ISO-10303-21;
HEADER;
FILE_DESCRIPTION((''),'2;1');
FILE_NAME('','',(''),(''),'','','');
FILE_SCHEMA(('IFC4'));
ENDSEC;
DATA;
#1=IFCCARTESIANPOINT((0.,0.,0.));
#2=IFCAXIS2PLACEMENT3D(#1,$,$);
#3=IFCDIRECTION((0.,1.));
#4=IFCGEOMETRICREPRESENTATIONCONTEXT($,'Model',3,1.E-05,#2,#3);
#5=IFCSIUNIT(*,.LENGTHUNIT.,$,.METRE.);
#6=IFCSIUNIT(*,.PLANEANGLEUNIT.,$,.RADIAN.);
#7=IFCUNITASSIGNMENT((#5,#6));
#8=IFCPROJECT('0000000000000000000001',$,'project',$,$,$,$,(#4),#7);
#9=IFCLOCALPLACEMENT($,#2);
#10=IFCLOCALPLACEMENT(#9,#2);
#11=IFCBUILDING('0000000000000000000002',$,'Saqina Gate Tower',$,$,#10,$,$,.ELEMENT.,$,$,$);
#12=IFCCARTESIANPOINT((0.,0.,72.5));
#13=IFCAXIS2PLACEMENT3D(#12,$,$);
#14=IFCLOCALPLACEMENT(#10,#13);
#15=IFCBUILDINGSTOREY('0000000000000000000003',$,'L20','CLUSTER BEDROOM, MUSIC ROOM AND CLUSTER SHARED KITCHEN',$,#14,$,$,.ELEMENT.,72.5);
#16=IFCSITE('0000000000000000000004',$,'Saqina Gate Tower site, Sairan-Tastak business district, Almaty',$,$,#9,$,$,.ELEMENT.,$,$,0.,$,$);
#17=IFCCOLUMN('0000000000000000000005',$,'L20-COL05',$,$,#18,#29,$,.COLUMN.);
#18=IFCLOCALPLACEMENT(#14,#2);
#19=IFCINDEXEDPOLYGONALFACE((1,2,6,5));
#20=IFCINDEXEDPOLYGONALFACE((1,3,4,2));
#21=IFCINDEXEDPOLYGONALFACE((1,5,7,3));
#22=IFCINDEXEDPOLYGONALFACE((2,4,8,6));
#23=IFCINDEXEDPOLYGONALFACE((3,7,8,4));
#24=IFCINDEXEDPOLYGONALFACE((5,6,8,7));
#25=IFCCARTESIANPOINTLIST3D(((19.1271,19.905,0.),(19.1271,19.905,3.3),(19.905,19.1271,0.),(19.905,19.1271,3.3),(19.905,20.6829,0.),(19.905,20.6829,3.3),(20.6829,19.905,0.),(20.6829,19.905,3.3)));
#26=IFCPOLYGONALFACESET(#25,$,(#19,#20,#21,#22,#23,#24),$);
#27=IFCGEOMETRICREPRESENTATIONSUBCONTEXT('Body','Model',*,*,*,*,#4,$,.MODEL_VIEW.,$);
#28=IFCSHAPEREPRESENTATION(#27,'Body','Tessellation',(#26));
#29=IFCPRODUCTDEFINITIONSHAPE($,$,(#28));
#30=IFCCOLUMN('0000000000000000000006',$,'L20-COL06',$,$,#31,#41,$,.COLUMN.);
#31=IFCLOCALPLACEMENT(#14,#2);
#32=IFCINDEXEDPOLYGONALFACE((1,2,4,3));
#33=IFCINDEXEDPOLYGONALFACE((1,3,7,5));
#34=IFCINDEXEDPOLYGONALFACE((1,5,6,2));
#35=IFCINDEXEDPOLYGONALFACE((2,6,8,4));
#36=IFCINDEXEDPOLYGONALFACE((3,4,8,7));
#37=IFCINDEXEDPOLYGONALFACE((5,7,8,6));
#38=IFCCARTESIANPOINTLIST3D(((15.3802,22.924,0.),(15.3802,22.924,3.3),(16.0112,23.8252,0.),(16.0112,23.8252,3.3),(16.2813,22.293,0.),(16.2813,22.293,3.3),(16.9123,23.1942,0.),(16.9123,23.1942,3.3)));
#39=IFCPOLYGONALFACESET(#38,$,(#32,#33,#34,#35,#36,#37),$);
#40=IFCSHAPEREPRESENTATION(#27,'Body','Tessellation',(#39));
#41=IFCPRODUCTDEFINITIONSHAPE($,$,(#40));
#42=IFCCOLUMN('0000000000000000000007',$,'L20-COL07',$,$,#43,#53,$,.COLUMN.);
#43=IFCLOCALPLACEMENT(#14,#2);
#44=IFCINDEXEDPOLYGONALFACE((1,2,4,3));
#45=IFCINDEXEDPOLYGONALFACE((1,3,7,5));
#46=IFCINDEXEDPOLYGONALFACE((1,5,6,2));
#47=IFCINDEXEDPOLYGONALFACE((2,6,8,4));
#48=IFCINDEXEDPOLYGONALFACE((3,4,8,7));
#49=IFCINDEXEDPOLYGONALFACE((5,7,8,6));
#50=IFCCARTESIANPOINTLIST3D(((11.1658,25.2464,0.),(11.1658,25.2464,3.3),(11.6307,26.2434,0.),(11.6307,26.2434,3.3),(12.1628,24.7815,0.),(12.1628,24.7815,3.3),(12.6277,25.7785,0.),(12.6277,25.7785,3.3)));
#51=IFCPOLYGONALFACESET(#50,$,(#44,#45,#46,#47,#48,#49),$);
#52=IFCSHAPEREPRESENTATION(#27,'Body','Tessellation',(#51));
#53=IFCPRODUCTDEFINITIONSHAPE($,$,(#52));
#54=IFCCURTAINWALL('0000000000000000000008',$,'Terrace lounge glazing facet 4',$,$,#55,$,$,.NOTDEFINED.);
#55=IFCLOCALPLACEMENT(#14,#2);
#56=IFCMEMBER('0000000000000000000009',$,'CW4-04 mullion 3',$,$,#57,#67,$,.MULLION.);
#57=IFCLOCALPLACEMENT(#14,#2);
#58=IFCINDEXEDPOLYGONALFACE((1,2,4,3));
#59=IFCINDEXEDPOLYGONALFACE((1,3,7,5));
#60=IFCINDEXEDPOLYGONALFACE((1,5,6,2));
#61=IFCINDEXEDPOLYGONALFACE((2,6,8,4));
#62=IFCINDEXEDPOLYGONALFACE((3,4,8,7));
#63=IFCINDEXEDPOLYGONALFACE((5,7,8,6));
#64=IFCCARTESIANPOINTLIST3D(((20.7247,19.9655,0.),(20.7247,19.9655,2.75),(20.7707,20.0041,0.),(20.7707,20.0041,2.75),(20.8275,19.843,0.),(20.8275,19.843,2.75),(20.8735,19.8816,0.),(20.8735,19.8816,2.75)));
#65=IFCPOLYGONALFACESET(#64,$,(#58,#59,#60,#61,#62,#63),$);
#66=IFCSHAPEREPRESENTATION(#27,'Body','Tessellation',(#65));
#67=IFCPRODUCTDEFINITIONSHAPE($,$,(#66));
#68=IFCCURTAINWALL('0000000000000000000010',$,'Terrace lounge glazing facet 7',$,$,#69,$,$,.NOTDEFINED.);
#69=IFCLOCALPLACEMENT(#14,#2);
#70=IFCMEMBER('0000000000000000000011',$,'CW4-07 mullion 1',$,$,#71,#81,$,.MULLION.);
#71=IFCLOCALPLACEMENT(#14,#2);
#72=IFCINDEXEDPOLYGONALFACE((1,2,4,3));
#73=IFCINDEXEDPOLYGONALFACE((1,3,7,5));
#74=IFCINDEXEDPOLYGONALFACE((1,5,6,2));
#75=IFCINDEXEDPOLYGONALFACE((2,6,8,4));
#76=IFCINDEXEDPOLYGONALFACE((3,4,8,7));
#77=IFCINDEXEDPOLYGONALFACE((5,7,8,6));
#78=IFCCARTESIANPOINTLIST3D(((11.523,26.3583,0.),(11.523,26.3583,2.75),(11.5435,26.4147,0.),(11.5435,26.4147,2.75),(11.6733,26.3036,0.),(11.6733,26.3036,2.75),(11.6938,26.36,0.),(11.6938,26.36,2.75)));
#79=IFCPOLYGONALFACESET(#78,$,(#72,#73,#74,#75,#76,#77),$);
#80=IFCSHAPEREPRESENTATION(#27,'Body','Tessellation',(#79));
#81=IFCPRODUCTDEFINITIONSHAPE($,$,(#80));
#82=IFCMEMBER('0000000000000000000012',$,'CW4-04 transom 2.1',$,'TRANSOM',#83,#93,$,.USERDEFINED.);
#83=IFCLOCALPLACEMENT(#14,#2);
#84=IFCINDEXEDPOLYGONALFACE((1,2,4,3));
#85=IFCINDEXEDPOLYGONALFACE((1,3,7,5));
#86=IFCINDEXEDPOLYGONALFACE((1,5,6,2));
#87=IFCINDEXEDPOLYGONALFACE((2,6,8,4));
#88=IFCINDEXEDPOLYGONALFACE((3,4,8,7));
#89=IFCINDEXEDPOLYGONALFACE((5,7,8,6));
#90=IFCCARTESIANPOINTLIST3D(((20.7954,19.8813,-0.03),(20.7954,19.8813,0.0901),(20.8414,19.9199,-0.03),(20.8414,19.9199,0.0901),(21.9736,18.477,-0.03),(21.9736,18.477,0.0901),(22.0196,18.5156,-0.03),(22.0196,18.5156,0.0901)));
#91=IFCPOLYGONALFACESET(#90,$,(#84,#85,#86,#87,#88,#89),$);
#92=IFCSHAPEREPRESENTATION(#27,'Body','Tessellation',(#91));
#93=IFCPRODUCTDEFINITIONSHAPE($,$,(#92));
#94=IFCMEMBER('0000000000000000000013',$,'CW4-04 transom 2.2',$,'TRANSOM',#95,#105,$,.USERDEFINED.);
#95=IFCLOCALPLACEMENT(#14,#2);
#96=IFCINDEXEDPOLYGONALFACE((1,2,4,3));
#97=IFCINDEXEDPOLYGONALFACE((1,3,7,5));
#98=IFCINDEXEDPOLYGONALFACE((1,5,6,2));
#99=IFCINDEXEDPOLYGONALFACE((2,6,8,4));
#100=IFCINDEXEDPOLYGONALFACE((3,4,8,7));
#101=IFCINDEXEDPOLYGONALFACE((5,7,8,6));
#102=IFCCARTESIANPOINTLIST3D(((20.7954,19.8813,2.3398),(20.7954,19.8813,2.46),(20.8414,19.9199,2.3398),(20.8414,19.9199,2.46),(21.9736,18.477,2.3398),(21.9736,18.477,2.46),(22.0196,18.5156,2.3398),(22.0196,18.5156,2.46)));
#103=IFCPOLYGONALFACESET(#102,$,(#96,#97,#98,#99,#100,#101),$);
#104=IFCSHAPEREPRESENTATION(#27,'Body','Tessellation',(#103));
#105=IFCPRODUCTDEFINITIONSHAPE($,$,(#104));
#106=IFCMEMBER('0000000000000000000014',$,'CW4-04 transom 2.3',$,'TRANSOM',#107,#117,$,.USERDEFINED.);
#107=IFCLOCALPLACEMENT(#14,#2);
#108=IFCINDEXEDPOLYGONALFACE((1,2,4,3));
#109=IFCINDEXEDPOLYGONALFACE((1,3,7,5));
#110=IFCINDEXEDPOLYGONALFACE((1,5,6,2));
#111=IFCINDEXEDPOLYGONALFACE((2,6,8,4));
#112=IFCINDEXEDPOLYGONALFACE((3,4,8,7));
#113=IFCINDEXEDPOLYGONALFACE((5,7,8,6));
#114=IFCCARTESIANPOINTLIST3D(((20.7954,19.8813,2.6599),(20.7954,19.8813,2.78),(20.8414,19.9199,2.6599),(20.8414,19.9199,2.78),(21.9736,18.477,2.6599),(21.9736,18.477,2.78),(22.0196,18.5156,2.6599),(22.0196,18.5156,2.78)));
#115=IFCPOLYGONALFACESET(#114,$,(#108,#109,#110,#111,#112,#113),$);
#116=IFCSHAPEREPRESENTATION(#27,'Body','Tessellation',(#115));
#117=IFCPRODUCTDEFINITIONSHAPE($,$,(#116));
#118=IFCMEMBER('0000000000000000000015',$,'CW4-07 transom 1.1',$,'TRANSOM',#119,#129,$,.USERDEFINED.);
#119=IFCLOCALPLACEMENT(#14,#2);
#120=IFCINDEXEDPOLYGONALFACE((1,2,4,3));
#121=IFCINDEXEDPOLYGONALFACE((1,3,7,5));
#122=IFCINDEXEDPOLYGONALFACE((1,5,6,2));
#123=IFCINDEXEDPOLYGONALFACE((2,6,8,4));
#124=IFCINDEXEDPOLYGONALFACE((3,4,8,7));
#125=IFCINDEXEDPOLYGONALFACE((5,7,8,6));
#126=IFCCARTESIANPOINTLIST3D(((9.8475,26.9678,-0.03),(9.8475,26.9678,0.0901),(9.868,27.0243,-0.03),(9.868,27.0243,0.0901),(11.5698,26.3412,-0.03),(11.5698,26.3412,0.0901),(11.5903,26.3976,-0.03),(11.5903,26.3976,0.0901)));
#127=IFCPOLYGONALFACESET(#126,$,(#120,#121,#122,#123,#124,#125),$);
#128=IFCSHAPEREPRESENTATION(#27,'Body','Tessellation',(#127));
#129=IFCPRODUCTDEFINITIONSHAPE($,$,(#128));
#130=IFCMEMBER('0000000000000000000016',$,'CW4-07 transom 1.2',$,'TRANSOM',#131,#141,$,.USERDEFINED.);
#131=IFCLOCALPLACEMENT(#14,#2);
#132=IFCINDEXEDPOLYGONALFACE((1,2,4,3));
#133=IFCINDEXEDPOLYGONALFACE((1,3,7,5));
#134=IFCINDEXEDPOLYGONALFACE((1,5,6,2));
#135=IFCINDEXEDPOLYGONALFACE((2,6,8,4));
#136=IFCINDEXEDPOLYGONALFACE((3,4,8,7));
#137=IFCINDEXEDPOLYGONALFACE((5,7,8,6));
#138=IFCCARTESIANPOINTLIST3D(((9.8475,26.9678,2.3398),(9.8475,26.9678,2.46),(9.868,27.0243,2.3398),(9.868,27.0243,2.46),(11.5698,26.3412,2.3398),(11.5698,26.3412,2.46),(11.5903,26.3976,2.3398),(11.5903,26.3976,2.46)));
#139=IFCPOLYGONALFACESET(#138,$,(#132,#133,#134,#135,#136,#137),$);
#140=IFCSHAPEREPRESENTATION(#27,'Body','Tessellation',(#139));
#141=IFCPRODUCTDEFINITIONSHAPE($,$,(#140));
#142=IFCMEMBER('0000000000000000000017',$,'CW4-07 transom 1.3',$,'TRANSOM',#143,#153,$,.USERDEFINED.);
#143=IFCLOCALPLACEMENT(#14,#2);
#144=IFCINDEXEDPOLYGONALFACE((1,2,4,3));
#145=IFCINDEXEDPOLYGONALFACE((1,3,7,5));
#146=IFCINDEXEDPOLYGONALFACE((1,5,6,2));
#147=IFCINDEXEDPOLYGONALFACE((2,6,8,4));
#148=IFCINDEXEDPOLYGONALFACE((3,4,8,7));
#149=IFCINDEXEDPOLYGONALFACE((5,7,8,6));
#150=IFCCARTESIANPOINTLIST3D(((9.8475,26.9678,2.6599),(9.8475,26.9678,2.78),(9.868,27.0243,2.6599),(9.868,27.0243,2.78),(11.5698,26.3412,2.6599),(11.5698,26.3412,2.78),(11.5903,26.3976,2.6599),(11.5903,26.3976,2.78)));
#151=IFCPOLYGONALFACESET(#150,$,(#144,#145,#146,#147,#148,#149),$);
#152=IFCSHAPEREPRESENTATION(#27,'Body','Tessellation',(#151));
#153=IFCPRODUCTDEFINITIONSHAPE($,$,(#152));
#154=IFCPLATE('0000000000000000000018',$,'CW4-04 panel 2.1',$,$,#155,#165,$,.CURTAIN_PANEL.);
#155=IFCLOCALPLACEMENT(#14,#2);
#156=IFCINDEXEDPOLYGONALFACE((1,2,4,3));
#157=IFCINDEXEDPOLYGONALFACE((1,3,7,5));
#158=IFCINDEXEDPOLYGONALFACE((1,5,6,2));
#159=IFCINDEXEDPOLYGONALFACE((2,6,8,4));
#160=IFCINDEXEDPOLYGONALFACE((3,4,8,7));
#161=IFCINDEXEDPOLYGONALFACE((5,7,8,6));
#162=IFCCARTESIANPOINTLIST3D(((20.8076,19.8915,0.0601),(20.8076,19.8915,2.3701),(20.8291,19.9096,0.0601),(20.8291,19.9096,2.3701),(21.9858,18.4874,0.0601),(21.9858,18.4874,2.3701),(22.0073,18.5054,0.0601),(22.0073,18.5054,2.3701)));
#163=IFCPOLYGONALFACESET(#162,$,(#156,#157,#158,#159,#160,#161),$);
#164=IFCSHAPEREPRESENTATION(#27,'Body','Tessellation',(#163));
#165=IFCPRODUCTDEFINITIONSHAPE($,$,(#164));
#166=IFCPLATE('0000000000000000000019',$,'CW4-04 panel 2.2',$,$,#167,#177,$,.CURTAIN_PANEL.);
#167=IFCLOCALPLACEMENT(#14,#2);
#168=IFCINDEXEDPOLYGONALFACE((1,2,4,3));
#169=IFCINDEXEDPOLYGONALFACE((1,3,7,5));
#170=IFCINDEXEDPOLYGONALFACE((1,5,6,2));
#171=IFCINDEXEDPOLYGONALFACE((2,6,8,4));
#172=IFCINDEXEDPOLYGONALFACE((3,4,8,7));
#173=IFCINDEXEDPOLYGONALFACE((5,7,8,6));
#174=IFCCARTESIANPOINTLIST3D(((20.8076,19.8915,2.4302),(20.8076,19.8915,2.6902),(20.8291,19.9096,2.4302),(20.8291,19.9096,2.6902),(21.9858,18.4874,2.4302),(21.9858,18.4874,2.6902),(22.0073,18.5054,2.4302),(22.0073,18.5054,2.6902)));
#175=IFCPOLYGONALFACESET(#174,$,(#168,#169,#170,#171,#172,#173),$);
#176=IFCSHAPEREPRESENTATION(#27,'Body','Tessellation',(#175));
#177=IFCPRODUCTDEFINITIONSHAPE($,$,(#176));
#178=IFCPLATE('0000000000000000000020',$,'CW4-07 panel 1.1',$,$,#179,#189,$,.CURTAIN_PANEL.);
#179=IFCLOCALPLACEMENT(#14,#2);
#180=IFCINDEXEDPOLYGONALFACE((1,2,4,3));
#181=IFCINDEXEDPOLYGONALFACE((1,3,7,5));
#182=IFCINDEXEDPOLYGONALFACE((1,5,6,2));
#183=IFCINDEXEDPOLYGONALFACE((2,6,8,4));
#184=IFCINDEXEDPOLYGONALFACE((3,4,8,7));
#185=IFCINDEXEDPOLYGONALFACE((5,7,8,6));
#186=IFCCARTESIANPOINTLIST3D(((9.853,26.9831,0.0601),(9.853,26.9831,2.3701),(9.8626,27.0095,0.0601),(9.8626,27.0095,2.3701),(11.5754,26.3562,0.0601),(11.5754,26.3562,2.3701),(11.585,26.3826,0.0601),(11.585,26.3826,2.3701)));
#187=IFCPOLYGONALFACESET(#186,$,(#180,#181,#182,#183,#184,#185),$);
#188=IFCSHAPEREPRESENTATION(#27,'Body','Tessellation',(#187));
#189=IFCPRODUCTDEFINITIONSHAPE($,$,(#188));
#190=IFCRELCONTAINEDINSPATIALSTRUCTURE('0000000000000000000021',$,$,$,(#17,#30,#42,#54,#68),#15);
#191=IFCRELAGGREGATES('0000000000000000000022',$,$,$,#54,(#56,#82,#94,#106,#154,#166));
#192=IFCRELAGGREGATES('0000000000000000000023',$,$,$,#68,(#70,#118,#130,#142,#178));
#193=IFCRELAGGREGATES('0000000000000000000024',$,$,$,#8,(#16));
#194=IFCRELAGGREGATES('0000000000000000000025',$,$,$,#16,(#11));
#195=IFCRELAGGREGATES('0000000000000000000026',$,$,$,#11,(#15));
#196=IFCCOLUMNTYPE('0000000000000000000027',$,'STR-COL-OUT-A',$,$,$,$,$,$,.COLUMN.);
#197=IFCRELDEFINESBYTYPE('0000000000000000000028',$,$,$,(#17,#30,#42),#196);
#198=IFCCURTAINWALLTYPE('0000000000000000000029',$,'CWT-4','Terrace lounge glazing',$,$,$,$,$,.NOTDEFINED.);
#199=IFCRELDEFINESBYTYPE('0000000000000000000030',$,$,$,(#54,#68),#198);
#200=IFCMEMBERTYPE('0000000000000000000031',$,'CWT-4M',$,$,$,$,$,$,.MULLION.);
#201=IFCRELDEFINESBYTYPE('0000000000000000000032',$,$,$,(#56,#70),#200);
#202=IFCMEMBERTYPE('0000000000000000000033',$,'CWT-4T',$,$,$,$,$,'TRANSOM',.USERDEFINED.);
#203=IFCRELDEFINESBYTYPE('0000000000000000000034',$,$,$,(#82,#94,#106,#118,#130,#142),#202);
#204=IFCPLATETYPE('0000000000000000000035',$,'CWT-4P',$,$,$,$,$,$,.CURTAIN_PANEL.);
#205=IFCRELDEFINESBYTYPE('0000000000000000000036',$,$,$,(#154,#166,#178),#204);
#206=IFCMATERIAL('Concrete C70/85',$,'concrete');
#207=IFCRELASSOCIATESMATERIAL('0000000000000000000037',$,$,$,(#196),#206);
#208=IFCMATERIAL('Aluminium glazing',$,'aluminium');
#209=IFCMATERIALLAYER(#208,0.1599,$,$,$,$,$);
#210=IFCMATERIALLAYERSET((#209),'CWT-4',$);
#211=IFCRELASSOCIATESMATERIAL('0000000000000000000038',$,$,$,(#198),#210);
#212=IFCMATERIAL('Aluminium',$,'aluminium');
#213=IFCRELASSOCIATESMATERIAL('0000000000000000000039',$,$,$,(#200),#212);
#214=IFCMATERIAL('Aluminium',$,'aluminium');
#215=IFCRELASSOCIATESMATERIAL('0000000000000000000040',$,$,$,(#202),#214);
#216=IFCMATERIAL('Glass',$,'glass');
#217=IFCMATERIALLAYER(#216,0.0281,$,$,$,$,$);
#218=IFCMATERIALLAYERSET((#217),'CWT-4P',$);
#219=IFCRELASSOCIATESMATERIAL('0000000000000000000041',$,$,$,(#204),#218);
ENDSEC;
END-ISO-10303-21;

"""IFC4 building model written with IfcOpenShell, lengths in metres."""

from ifc_helpers import new_model, si_unit, direction, frame, origin, origin_2d, place, context, subcontext, project, spatial, rectangle, extrude, material, layer, layer_set, material_profile, profile_set, type_object, element, aggregate, save


model = new_model("IFC4")

# Units and contexts
model_context = context("Model", 3, precision=1e-05, world=origin(), true_north=direction((0.0, 1.0)))
body_context = subcontext(model_context, "Body", "Model", "MODEL_VIEW")
ifc_project = project(units=[si_unit("LENGTHUNIT", "METRE"), si_unit("PLANEANGLEUNIT", "RADIAN")], contexts=[model_context])

# Site, building, storey
site_placement = place(None, origin())
site = spatial("IfcSite", under=ifc_project, at=site_placement, Name="Saqina Gate Tower site, Sairan-Tastak business district, Almaty", CompositionType="ELEMENT", RefElevation=0.0)
building_placement = place(site_placement, origin())
building = spatial("IfcBuilding", under=site, at=building_placement, Name="Saqina Gate Tower", CompositionType="ELEMENT")
storey_placement = place(building_placement, frame((0.0, 0.0, 72.5)))
storey = spatial("IfcBuildingStorey", under=building, at=storey_placement, Name="L20", Description="CLUSTER BEDROOM, MUSIC ROOM AND CLUSTER SHARED KITCHEN", CompositionType="ELEMENT", Elevation=72.5)

# Columns
ifc_material_1 = material(Name="Concrete C70/85", Category="concrete")
ifc_material_profile_1 = material_profile(ifc_material_1, rectangle(XDim=1.1001, YDim=1.1001, at=origin_2d()), Name="RC 1100x1100")
ifc_profile_set_1 = profile_set([ifc_material_profile_1], Name="Concrete C70/85")
column_type = type_object("IfcColumnType", Name="STR-COL-OUT-A", PredefinedType="COLUMN", material=ifc_profile_set_1)
for number, where, z_axis, x_axis, name in (
    (1, (19.905, 19.905, 0.0), (0.0, 0.0, 1.0), (0.707107, 0.707107, 0.0), "L20-COL05"),
    (2, (16.1462, 23.0591, 0.0), (0.0, 0.0, 1.0), (0.573576, 0.819152, 0.0), "L20-COL06"),
    (3, (11.8967, 25.5125, 0.0), (0.0, 0.0, 1.0), (0.422618, 0.906308, 0.0), "L20-COL07"),
):
    element("IfcColumn", number, at=place(storey_placement, frame(where, z_axis=z_axis, x_axis=x_axis)), inside=storey, type_object=column_type, Name=name, PredefinedType="COLUMN", context=body_context, shape_type="SweptSolid", body=[
        extrude(rectangle(XDim=1.1001, YDim=1.1001, at=origin_2d()), origin(), (0.0, 0.0, 1.0), 3.3),
    ])

# Curtain walls, members
ifc_material_2 = material(Name="Aluminium glazing", Category="aluminium")
ifc_layer_1 = layer(ifc_material_2, 0.1599)
ifc_layer_set_1 = layer_set([ifc_layer_1], Name="CWT-4")
curtain_wall_type = type_object("IfcCurtainWallType", Name="CWT-4", Description="Terrace lounge glazing", PredefinedType="NOTDEFINED", material=ifc_layer_set_1)
curtain_wall_1_placement = place(storey_placement, origin())
curtain_wall_1 = element("IfcCurtainWall", 4, at=curtain_wall_1_placement, inside=storey, type_object=curtain_wall_type, Name="Terrace lounge glazing facet 4", PredefinedType="NOTDEFINED")
ifc_material_3 = material(Name="Aluminium", Category="aluminium")
ifc_material_profile_2 = material_profile(ifc_material_3, rectangle(XDim=0.0601, YDim=0.1599, at=origin_2d()), Name="Aluminium 60x160")
ifc_profile_set_2 = profile_set([ifc_material_profile_2], Name="Aluminium")
member_type_1 = type_object("IfcMemberType", Name="CWT-4M", PredefinedType="MULLION", material=ifc_profile_set_2)
member_1_placement = place(storey_placement, frame((20.7991, 19.9236, 0.0), z_axis=(0.0, 0.0, 1.0), x_axis=(-0.766041, -0.642792, 0.0)))
member_1 = element("IfcMember", 5, at=member_1_placement, type_object=member_type_1, Name="CW4-04 mullion 3", PredefinedType="MULLION", context=body_context, shape_type="SweptSolid", body=[
    extrude(rectangle(XDim=0.0601, YDim=0.1599, at=origin_2d()), origin(), (0.0, 0.0, 1.0), 2.75),
])
curtain_wall_2_placement = place(storey_placement, origin())
curtain_wall_2 = element("IfcCurtainWall", 6, at=curtain_wall_2_placement, inside=storey, type_object=curtain_wall_type, Name="Terrace lounge glazing facet 7", PredefinedType="NOTDEFINED")
member_2_placement = place(storey_placement, frame((11.6084, 26.3591, 0.0), z_axis=(0.0, 0.0, 1.0), x_axis=(-0.342008, -0.939697, 0.0)))
member_2 = element("IfcMember", 7, at=member_2_placement, type_object=member_type_1, Name="CW4-07 mullion 1", PredefinedType="MULLION", context=body_context, shape_type="SweptSolid", body=[
    extrude(rectangle(XDim=0.0601, YDim=0.1599, at=origin_2d()), origin(), (0.0, 0.0, 1.0), 2.75),
])

# Members
ifc_material_4 = material(Name="Aluminium", Category="aluminium")
ifc_material_profile_3 = material_profile(ifc_material_4, rectangle(XDim=0.0601, YDim=0.1201, at=origin_2d()), Name="Aluminium 60x120")
ifc_profile_set_3 = profile_set([ifc_material_profile_3], Name="Aluminium")
member_type_2 = type_object("IfcMemberType", Name="CWT-4T", ElementType="TRANSOM", PredefinedType="USERDEFINED", material=ifc_profile_set_3)
member_3_placement = place(storey_placement, frame((21.9966, 18.4963, 0.03), z_axis=(-0.642748, 0.766077, 0.0), x_axis=(-0.766077, -0.642748, 0.0)))
member_3 = element("IfcMember", 8, at=member_3_placement, type_object=member_type_2, Name="CW4-04 transom 2.1", ObjectType="TRANSOM", PredefinedType="USERDEFINED", context=body_context, shape_type="SweptSolid", body=[
    extrude(rectangle(XDim=0.0601, YDim=0.1201, at=origin_2d()), origin(), (0.0, 0.0, 1.0), 1.833),
])
member_4_placement = place(storey_placement, frame((21.9966, 18.4963, 2.3999), z_axis=(-0.642748, 0.766077, 0.0), x_axis=(-0.766077, -0.642748, 0.0)))
member_4 = element("IfcMember", 9, at=member_4_placement, type_object=member_type_2, Name="CW4-04 transom 2.2", ObjectType="TRANSOM", PredefinedType="USERDEFINED", context=body_context, shape_type="SweptSolid", body=[
    extrude(rectangle(XDim=0.0601, YDim=0.1201, at=origin_2d()), origin(), (0.0, 0.0, 1.0), 1.833),
])
member_5_placement = place(storey_placement, frame((21.9966, 18.4963, 2.72), z_axis=(-0.642748, 0.766077, 0.0), x_axis=(-0.766077, -0.642748, 0.0)))
member_5 = element("IfcMember", 10, at=member_5_placement, type_object=member_type_2, Name="CW4-04 transom 2.3", ObjectType="TRANSOM", PredefinedType="USERDEFINED", context=body_context, shape_type="SweptSolid", body=[
    extrude(rectangle(XDim=0.0601, YDim=0.1201, at=origin_2d()), origin(), (0.0, 0.0, 1.0), 1.833),
])
member_6_placement = place(storey_placement, frame((11.5801, 26.3694, 0.03), z_axis=(-0.939727, 0.341925, 0.0), x_axis=(-0.341925, -0.939727, 0.0)))
member_6 = element("IfcMember", 11, at=member_6_placement, type_object=member_type_2, Name="CW4-07 transom 1.1", ObjectType="TRANSOM", PredefinedType="USERDEFINED", context=body_context, shape_type="SweptSolid", body=[
    extrude(rectangle(XDim=0.0601, YDim=0.1201, at=origin_2d()), origin(), (0.0, 0.0, 1.0), 1.8328),
])
member_7_placement = place(storey_placement, frame((11.5801, 26.3694, 2.3999), z_axis=(-0.939727, 0.341925, 0.0), x_axis=(-0.341925, -0.939727, 0.0)))
member_7 = element("IfcMember", 12, at=member_7_placement, type_object=member_type_2, Name="CW4-07 transom 1.2", ObjectType="TRANSOM", PredefinedType="USERDEFINED", context=body_context, shape_type="SweptSolid", body=[
    extrude(rectangle(XDim=0.0601, YDim=0.1201, at=origin_2d()), origin(), (0.0, 0.0, 1.0), 1.8328),
])
member_8_placement = place(storey_placement, frame((11.5801, 26.3694, 2.72), z_axis=(-0.939727, 0.341925, 0.0), x_axis=(-0.341925, -0.939727, 0.0)))
member_8 = element("IfcMember", 13, at=member_8_placement, type_object=member_type_2, Name="CW4-07 transom 1.3", ObjectType="TRANSOM", PredefinedType="USERDEFINED", context=body_context, shape_type="SweptSolid", body=[
    extrude(rectangle(XDim=0.0601, YDim=0.1201, at=origin_2d()), origin(), (0.0, 0.0, 1.0), 1.8328),
])

# Plates
ifc_material_5 = material(Name="Glass", Category="glass")
ifc_layer_2 = layer(ifc_material_5, 0.0281)
ifc_layer_set_2 = layer_set([ifc_layer_2], Name="CWT-4P")
plate_type = type_object("IfcPlateType", Name="CWT-4P", PredefinedType="CURTAIN_PANEL", material=ifc_layer_set_2)
plate_1_placement = place(storey_placement, frame((21.4075, 19.1985, 0.0601), z_axis=(0.0, 0.0, 1.0), x_axis=(-0.642792, 0.766041, 0.0)))
plate_1 = element("IfcPlate", 14, at=plate_1_placement, type_object=plate_type, Name="CW4-04 panel 2.1", PredefinedType="CURTAIN_PANEL", context=body_context, shape_type="SweptSolid", body=[
    extrude(rectangle(XDim=1.833, YDim=0.0281, at=origin_2d()), origin(), (0.0, 0.0, 1.0), 2.3101),
])
plate_2_placement = place(storey_placement, frame((21.4075, 19.1985, 2.4302), z_axis=(0.0, 0.0, 1.0), x_axis=(-0.642792, 0.766041, 0.0)))
plate_2 = element("IfcPlate", 15, at=plate_2_placement, type_object=plate_type, Name="CW4-04 panel 2.2", PredefinedType="CURTAIN_PANEL", context=body_context, shape_type="SweptSolid", body=[
    extrude(rectangle(XDim=1.833, YDim=0.0281, at=origin_2d()), origin(), (0.0, 0.0, 1.0), 0.26),
])
aggregate(curtain_wall_1, [member_1, member_3, member_4, member_5, plate_1, plate_2])
plate_3_placement = place(storey_placement, frame((10.719, 26.6829, 0.0601), z_axis=(0.0, 0.0, 1.0), x_axis=(-0.939697, 0.342008, 0.0)))
plate_3 = element("IfcPlate", 16, at=plate_3_placement, type_object=plate_type, Name="CW4-07 panel 1.1", PredefinedType="CURTAIN_PANEL", context=body_context, shape_type="SweptSolid", body=[
    extrude(rectangle(XDim=1.833, YDim=0.0281, at=origin_2d()), origin(), (0.0, 0.0, 1.0), 2.3101),
])
aggregate(curtain_wall_2, [member_2, member_6, member_7, member_8, plate_3])

save(model, "model.ifc")
